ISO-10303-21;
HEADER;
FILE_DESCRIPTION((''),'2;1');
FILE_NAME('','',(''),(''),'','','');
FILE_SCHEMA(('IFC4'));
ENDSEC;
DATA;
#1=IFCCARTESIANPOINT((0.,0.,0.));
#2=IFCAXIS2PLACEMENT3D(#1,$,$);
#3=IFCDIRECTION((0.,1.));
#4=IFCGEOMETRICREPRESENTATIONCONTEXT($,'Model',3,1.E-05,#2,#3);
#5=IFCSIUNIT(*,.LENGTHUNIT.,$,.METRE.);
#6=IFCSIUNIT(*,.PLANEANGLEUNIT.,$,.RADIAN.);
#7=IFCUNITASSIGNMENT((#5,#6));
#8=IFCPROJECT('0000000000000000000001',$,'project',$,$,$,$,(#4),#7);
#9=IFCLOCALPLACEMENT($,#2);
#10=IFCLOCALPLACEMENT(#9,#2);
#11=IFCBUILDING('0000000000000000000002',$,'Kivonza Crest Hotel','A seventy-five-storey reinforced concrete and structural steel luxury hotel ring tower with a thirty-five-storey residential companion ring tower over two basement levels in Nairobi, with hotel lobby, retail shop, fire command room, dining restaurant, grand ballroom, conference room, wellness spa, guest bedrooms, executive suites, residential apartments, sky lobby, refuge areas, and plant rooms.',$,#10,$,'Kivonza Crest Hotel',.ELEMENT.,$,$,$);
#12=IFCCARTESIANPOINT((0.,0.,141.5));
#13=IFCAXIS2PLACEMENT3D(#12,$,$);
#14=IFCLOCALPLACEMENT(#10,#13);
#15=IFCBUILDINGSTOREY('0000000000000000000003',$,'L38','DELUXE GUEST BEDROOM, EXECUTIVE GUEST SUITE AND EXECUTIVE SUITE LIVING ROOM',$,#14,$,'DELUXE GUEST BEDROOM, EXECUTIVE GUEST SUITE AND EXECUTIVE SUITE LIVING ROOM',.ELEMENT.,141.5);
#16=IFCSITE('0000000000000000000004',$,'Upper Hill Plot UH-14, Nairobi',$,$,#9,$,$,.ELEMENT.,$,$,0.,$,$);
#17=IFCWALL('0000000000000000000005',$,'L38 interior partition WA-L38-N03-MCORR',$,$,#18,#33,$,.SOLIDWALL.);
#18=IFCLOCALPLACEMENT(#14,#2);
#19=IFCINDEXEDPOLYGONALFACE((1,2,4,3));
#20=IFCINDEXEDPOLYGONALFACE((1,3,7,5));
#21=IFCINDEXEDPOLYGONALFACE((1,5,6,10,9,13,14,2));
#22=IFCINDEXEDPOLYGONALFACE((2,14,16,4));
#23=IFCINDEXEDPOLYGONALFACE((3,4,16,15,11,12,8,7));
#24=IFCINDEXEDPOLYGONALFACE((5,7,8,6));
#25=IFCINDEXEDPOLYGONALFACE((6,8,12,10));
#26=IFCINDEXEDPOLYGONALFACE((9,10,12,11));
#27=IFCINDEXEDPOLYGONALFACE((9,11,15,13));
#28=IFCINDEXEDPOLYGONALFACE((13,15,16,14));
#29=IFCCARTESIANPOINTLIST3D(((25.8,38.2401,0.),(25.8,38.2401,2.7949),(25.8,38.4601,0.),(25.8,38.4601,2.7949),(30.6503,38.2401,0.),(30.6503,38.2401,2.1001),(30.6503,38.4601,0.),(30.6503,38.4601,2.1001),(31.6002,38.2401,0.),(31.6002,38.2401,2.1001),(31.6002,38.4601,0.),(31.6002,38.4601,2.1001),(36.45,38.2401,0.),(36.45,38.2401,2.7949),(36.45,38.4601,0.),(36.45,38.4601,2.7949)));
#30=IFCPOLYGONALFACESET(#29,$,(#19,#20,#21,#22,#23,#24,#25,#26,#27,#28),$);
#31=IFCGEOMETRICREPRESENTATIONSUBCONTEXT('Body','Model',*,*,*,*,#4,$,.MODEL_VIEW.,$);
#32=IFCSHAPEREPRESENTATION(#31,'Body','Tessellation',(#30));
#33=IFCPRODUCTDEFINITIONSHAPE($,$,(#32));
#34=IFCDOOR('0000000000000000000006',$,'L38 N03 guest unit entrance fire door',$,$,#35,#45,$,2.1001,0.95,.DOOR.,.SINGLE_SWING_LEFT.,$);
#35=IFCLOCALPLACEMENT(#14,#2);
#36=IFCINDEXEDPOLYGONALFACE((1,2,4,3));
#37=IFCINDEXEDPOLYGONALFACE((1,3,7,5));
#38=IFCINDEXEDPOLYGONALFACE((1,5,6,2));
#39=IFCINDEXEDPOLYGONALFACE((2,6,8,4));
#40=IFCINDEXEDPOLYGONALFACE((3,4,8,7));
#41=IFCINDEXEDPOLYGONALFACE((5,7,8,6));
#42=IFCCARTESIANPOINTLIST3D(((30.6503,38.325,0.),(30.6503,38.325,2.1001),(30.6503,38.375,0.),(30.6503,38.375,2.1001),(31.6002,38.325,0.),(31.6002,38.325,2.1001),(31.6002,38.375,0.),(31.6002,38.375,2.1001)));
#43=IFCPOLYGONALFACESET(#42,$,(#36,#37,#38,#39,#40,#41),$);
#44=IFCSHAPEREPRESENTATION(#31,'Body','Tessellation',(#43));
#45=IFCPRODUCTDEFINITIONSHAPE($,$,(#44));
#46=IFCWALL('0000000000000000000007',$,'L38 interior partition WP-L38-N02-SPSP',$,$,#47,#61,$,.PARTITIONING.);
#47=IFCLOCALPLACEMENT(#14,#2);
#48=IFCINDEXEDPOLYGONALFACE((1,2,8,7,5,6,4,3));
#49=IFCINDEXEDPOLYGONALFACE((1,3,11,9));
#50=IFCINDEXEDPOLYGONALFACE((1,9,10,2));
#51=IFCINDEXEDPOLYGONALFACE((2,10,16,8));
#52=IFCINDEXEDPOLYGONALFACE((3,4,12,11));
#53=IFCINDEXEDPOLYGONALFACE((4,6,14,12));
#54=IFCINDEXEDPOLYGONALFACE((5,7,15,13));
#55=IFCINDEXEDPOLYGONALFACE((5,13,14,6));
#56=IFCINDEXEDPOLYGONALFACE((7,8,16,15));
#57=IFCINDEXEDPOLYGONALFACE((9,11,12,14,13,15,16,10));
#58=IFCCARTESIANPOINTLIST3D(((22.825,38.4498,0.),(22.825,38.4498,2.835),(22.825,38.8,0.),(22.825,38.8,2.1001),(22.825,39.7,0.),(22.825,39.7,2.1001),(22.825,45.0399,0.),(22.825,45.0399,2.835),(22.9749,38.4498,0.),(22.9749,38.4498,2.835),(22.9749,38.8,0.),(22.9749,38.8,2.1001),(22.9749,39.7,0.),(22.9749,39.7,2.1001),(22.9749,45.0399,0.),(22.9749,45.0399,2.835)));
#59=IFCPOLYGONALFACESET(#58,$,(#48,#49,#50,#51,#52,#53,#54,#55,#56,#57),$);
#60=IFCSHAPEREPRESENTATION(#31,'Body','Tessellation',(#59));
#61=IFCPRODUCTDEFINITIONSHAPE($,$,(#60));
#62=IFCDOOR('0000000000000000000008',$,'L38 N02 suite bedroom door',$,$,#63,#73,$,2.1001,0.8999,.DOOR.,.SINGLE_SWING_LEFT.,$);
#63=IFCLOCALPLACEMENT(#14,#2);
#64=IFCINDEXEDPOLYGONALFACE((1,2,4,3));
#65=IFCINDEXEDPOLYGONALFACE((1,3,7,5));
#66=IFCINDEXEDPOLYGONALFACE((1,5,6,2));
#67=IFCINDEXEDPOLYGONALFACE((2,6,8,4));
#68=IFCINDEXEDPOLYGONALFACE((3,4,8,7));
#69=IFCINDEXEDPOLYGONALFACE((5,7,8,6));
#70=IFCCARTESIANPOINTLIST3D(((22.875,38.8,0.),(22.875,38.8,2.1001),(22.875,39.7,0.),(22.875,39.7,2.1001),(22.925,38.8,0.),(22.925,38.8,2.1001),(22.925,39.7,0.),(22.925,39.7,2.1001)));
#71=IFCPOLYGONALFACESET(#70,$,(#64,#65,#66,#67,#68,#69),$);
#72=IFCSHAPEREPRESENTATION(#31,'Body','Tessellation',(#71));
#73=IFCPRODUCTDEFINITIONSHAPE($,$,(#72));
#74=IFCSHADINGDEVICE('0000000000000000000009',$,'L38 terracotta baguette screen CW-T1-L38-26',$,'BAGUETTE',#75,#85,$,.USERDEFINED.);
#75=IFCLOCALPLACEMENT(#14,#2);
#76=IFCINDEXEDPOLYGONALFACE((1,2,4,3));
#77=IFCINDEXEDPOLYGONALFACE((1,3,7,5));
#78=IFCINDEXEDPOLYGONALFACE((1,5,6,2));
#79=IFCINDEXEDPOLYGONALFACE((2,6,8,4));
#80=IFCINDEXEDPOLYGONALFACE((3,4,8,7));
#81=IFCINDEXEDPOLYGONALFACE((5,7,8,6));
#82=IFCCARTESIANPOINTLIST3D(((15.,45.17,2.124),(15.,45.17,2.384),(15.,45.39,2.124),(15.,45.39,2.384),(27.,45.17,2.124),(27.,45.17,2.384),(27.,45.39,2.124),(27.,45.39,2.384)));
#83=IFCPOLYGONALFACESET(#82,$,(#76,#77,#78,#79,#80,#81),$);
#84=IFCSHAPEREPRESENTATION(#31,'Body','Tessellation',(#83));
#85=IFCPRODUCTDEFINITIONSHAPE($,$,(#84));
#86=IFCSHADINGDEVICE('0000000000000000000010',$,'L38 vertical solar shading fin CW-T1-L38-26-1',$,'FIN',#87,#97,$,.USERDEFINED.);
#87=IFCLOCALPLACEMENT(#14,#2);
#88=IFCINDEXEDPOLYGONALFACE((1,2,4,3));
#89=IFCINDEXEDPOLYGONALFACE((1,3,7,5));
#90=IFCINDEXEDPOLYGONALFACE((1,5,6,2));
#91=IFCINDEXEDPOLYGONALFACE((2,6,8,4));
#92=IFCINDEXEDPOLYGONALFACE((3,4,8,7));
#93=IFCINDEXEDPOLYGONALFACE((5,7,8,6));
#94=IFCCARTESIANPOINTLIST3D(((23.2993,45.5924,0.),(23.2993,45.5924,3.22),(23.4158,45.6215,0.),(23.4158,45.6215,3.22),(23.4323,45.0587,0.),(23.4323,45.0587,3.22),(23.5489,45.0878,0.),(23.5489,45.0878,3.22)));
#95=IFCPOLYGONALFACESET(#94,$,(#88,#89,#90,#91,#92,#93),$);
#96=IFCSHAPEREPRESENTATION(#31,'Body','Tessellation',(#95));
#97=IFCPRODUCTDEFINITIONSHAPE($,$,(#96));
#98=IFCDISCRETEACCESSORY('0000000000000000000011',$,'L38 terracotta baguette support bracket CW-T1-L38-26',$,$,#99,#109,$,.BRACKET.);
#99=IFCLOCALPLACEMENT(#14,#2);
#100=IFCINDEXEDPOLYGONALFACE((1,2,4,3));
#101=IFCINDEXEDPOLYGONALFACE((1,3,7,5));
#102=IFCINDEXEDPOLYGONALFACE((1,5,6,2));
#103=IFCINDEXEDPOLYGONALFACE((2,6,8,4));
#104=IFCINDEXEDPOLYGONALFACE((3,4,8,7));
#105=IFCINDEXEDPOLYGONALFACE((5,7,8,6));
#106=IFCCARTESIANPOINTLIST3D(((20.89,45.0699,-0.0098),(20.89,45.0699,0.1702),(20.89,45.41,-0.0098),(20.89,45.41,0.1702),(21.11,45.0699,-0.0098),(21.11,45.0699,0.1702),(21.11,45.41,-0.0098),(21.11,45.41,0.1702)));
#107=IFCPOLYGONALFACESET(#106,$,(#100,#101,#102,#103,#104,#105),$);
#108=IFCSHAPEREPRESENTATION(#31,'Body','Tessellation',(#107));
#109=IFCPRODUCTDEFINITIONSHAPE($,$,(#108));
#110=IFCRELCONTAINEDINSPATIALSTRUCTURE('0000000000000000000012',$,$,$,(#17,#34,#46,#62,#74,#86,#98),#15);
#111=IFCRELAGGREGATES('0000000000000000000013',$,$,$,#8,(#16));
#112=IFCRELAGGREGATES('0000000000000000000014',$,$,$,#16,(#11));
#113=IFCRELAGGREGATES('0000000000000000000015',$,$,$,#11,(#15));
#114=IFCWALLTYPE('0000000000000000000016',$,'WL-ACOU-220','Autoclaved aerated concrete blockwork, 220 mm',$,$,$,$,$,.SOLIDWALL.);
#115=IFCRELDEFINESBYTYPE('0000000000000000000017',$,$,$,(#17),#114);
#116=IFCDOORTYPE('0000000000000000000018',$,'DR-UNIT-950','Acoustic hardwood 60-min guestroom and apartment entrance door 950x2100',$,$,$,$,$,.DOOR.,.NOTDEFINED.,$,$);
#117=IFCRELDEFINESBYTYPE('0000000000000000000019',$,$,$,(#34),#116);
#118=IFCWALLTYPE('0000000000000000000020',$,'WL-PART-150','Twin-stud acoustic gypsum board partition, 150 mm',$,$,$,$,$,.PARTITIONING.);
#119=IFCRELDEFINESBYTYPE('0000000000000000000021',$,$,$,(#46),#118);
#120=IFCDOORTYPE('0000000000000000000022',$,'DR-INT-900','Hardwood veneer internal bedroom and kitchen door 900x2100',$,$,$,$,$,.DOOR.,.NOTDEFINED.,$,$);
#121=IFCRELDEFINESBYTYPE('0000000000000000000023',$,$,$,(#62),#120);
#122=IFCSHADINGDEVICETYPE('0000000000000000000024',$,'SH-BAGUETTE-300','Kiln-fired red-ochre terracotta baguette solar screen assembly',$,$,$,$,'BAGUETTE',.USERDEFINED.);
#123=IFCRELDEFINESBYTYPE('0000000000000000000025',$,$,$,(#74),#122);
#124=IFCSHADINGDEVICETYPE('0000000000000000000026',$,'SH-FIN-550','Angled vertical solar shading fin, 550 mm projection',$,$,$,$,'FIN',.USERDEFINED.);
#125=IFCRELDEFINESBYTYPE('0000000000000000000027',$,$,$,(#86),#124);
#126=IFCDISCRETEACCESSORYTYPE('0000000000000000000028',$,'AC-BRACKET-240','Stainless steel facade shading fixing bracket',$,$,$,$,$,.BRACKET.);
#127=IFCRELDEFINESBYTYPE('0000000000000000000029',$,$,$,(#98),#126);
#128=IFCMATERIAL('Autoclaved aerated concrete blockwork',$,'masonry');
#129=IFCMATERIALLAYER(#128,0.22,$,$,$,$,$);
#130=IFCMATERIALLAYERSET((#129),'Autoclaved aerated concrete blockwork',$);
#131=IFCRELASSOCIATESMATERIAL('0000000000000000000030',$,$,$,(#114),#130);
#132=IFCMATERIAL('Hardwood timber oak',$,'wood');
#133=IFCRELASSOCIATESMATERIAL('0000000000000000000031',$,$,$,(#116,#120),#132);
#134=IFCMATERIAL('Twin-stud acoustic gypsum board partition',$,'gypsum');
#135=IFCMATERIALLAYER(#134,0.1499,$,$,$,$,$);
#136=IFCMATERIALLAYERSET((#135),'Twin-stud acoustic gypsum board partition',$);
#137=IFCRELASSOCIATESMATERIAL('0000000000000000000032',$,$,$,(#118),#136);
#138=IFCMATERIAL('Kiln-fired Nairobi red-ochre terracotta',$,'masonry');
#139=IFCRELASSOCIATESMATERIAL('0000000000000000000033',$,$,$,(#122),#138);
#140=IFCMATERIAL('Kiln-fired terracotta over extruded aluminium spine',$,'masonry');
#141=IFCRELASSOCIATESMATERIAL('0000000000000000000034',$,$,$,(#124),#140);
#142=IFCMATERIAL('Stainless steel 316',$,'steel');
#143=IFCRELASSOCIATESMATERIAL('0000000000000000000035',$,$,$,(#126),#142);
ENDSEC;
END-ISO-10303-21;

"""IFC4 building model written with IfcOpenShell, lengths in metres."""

from ifc_helpers import new_model, si_unit, direction, frame, frame_2d, origin, origin_2d, place, context, subcontext, project, spatial, rectangle, extrude, material, layer, layer_set, type_object, element, fill, save


model = new_model("IFC4")

# Units and contexts
model_context = context("Model", 3, precision=1e-05, world=origin(), true_north=direction((0.0, 1.0)))
body_context = subcontext(model_context, "Body", "Model", "MODEL_VIEW")
ifc_project = project(units=[si_unit("LENGTHUNIT", "METRE"), si_unit("PLANEANGLEUNIT", "RADIAN")], contexts=[model_context])

# Site, building, storey
site_placement = place(None, origin())
site = spatial("IfcSite", under=ifc_project, at=site_placement, Name="Upper Hill Plot UH-14, Nairobi", CompositionType="ELEMENT", RefElevation=0.0)
building_placement = place(site_placement, origin())
building = spatial("IfcBuilding", under=site, at=building_placement, Name="Kivonza Crest Hotel", Description="A seventy-five-storey reinforced concrete and structural steel luxury hotel ring tower with a thirty-five-storey residential companion ring tower over two basement levels in Nairobi, with hotel lobby, retail shop, fire command room, dining restaurant, grand ballroom, conference room, wellness spa, guest bedrooms, executive suites, residential apartments, sky lobby, refuge areas, and plant rooms.", LongName="Kivonza Crest Hotel", CompositionType="ELEMENT")
storey_placement = place(building_placement, frame((0.0, 0.0, 141.5)))
storey = spatial("IfcBuildingStorey", under=building, at=storey_placement, Name="L38", Description="DELUXE GUEST BEDROOM, EXECUTIVE GUEST SUITE AND EXECUTIVE SUITE LIVING ROOM", LongName="DELUXE GUEST BEDROOM, EXECUTIVE GUEST SUITE AND EXECUTIVE SUITE LIVING ROOM", CompositionType="ELEMENT", Elevation=141.5)

# Walls, openings, doors
ifc_material_1 = material(Name="Autoclaved aerated concrete blockwork", Category="masonry")
ifc_layer_1 = layer(ifc_material_1, 0.22)
ifc_layer_set_1 = layer_set([ifc_layer_1], Name="Autoclaved aerated concrete blockwork")
wall_type_1 = type_object("IfcWallType", Name="WL-ACOU-220", Description="Autoclaved aerated concrete blockwork, 220 mm", PredefinedType="SOLIDWALL", material=ifc_layer_set_1)
wall_1_placement = place(storey_placement, frame((25.8, 38.3501, 0.0), z_axis=(0.0, 0.0, 1.0), x_axis=(1.0, 0.0, 0.0)))
wall_1 = element("IfcWall", 1, at=wall_1_placement, inside=storey, type_object=wall_type_1, Name="L38 interior partition WA-L38-N03-MCORR", PredefinedType="SOLIDWALL", context=body_context, shape_type="SweptSolid", body=[
    extrude(rectangle(XDim=10.6499, YDim=0.22, at=frame_2d((5.325, 0.0))), origin(), (0.0, 0.0, 1.0), 2.7949),
])
opening_1_placement = place(wall_1_placement, frame((4.8501, 0.0, 0.0)))
opening_1 = element("IfcOpeningElement", 2, at=opening_1_placement, cuts=wall_1, PredefinedType="OPENING", context=body_context, shape_type="SweptSolid", body=[
    extrude(rectangle(XDim=0.95, YDim=2.1001, at=frame_2d((0.4751, 1.05))), frame((0.0, 0.1201, 0.0), z_axis=(0.0, -1.0, 0.0), x_axis=(1.0, 0.0, 0.0)), (0.0, 0.0, 1.0), 0.24),
])
ifc_material_2 = material(Name="Hardwood timber oak", Category="wood")
door_type_1 = type_object("IfcDoorType", Name="DR-UNIT-950", Description="Acoustic hardwood 60-min guestroom and apartment entrance door 950x2100", OperationType="NOTDEFINED", PredefinedType="DOOR", material=ifc_material_2)
door_1_placement = place(opening_1_placement, origin())
door_1 = element("IfcDoor", 3, at=door_1_placement, inside=storey, type_object=door_type_1, Name="L38 N03 guest unit entrance fire door", OperationType="SINGLE_SWING_LEFT", OverallHeight=2.1001, OverallWidth=0.95, PredefinedType="DOOR", context=body_context, shape_type="SweptSolid", body=[
    extrude(rectangle(XDim=0.95, YDim=2.1001, at=frame_2d((0.4751, 1.05))), frame((0.0, 0.0249, 0.0), z_axis=(0.0, -1.0, 0.0), x_axis=(1.0, 0.0, 0.0)), (0.0, 0.0, 1.0), 0.05),
])
fill(opening_1, door_1)
ifc_material_3 = material(Name="Twin-stud acoustic gypsum board partition", Category="gypsum")
ifc_layer_2 = layer(ifc_material_3, 0.1499)
ifc_layer_set_2 = layer_set([ifc_layer_2], Name="Twin-stud acoustic gypsum board partition")
wall_type_2 = type_object("IfcWallType", Name="WL-PART-150", Description="Twin-stud acoustic gypsum board partition, 150 mm", PredefinedType="PARTITIONING", material=ifc_layer_set_2)
wall_2_placement = place(storey_placement, frame((22.8999, 38.45, 0.0), z_axis=(0.0, 0.0, 1.0), x_axis=(0.0, 1.0, 0.0)))
wall_2 = element("IfcWall", 4, at=wall_2_placement, inside=storey, type_object=wall_type_2, Name="L38 interior partition WP-L38-N02-SPSP", PredefinedType="PARTITIONING", context=body_context, shape_type="SweptSolid", body=[
    extrude(rectangle(XDim=6.5901, YDim=0.1499, at=frame_2d((3.2949, 0.0))), origin(), (0.0, 0.0, 1.0), 2.835),
])
opening_2_placement = place(wall_2_placement, frame((0.3501, 0.0, 0.0)))
opening_2 = element("IfcOpeningElement", 5, at=opening_2_placement, cuts=wall_2, PredefinedType="OPENING", context=body_context, shape_type="SweptSolid", body=[
    extrude(rectangle(XDim=0.8999, YDim=2.1001, at=frame_2d((0.45, 1.05))), frame((0.0, 0.085, 0.0), z_axis=(0.0, -1.0, 0.0), x_axis=(1.0, 0.0, 0.0)), (0.0, 0.0, 1.0), 0.1699),
])
door_type_2 = type_object("IfcDoorType", Name="DR-INT-900", Description="Hardwood veneer internal bedroom and kitchen door 900x2100", OperationType="NOTDEFINED", PredefinedType="DOOR", material=ifc_material_2)
door_2_placement = place(opening_2_placement, origin())
door_2 = element("IfcDoor", 6, at=door_2_placement, inside=storey, type_object=door_type_2, Name="L38 N02 suite bedroom door", OperationType="SINGLE_SWING_LEFT", OverallHeight=2.1001, OverallWidth=0.8999, PredefinedType="DOOR", context=body_context, shape_type="SweptSolid", body=[
    extrude(rectangle(XDim=0.8999, YDim=2.1001, at=frame_2d((0.45, 1.05))), frame((0.0, 0.0249, 0.0), z_axis=(0.0, -1.0, 0.0), x_axis=(1.0, 0.0, 0.0)), (0.0, 0.0, 1.0), 0.05),
])
fill(opening_2, door_2)

# Shading devices
ifc_material_4 = material(Name="Kiln-fired Nairobi red-ochre terracotta", Category="masonry")
shading_device_type_1 = type_object("IfcShadingDeviceType", Name="SH-BAGUETTE-300", Description="Kiln-fired red-ochre terracotta baguette solar screen assembly", ElementType="BAGUETTE", PredefinedType="USERDEFINED", material=ifc_material_4)
shading_device_1_placement = place(storey_placement, frame((21.0, 45.28, 2.124), z_axis=(0.0, 0.0, 1.0), x_axis=(-1.0, 0.0, 0.0)))
element("IfcShadingDevice", 7, at=shading_device_1_placement, inside=storey, type_object=shading_device_type_1, Name="L38 terracotta baguette screen CW-T1-L38-26", ObjectType="BAGUETTE", PredefinedType="USERDEFINED", context=body_context, shape_type="SweptSolid", body=[
    extrude(rectangle(XDim=12.0, YDim=0.22, at=origin_2d()), origin(), (0.0, 0.0, 1.0), 0.26),
])
ifc_material_5 = material(Name="Kiln-fired terracotta over extruded aluminium spine", Category="masonry")
shading_device_type_2 = type_object("IfcShadingDeviceType", Name="SH-FIN-550", Description="Angled vertical solar shading fin, 550 mm projection", ElementType="FIN", PredefinedType="USERDEFINED", material=ifc_material_5)
shading_device_2_placement = place(storey_placement, frame((23.4241, 45.3401, 0.0), z_axis=(0.0, 0.0, 1.0), x_axis=(-0.970296, -0.241922, 0.0)))
element("IfcShadingDevice", 8, at=shading_device_2_placement, inside=storey, type_object=shading_device_type_2, Name="L38 vertical solar shading fin CW-T1-L38-26-1", ObjectType="FIN", PredefinedType="USERDEFINED", context=body_context, shape_type="SweptSolid", body=[
    extrude(rectangle(XDim=0.1201, YDim=0.55, at=origin_2d()), origin(), (0.0, 0.0, 1.0), 3.22),
])

# Discrete accessory
ifc_material_6 = material(Name="Stainless steel 316", Category="steel")
discrete_accessory_type = type_object("IfcDiscreteAccessoryType", Name="AC-BRACKET-240", Description="Stainless steel facade shading fixing bracket", PredefinedType="BRACKET", material=ifc_material_6)
discrete_accessory_placement = place(storey_placement, frame((21.0, 45.24, -0.0098), z_axis=(0.0, 0.0, 1.0), x_axis=(-1.0, 0.0, 0.0)))
element("IfcDiscreteAccessory", 9, at=discrete_accessory_placement, inside=storey, type_object=discrete_accessory_type, Name="L38 terracotta baguette support bracket CW-T1-L38-26", PredefinedType="BRACKET", context=body_context, shape_type="SweptSolid", body=[
    extrude(rectangle(XDim=0.22, YDim=0.3401, at=origin_2d()), origin(), (0.0, 0.0, 1.0), 0.1799),
])

save(model, "model.ifc")
